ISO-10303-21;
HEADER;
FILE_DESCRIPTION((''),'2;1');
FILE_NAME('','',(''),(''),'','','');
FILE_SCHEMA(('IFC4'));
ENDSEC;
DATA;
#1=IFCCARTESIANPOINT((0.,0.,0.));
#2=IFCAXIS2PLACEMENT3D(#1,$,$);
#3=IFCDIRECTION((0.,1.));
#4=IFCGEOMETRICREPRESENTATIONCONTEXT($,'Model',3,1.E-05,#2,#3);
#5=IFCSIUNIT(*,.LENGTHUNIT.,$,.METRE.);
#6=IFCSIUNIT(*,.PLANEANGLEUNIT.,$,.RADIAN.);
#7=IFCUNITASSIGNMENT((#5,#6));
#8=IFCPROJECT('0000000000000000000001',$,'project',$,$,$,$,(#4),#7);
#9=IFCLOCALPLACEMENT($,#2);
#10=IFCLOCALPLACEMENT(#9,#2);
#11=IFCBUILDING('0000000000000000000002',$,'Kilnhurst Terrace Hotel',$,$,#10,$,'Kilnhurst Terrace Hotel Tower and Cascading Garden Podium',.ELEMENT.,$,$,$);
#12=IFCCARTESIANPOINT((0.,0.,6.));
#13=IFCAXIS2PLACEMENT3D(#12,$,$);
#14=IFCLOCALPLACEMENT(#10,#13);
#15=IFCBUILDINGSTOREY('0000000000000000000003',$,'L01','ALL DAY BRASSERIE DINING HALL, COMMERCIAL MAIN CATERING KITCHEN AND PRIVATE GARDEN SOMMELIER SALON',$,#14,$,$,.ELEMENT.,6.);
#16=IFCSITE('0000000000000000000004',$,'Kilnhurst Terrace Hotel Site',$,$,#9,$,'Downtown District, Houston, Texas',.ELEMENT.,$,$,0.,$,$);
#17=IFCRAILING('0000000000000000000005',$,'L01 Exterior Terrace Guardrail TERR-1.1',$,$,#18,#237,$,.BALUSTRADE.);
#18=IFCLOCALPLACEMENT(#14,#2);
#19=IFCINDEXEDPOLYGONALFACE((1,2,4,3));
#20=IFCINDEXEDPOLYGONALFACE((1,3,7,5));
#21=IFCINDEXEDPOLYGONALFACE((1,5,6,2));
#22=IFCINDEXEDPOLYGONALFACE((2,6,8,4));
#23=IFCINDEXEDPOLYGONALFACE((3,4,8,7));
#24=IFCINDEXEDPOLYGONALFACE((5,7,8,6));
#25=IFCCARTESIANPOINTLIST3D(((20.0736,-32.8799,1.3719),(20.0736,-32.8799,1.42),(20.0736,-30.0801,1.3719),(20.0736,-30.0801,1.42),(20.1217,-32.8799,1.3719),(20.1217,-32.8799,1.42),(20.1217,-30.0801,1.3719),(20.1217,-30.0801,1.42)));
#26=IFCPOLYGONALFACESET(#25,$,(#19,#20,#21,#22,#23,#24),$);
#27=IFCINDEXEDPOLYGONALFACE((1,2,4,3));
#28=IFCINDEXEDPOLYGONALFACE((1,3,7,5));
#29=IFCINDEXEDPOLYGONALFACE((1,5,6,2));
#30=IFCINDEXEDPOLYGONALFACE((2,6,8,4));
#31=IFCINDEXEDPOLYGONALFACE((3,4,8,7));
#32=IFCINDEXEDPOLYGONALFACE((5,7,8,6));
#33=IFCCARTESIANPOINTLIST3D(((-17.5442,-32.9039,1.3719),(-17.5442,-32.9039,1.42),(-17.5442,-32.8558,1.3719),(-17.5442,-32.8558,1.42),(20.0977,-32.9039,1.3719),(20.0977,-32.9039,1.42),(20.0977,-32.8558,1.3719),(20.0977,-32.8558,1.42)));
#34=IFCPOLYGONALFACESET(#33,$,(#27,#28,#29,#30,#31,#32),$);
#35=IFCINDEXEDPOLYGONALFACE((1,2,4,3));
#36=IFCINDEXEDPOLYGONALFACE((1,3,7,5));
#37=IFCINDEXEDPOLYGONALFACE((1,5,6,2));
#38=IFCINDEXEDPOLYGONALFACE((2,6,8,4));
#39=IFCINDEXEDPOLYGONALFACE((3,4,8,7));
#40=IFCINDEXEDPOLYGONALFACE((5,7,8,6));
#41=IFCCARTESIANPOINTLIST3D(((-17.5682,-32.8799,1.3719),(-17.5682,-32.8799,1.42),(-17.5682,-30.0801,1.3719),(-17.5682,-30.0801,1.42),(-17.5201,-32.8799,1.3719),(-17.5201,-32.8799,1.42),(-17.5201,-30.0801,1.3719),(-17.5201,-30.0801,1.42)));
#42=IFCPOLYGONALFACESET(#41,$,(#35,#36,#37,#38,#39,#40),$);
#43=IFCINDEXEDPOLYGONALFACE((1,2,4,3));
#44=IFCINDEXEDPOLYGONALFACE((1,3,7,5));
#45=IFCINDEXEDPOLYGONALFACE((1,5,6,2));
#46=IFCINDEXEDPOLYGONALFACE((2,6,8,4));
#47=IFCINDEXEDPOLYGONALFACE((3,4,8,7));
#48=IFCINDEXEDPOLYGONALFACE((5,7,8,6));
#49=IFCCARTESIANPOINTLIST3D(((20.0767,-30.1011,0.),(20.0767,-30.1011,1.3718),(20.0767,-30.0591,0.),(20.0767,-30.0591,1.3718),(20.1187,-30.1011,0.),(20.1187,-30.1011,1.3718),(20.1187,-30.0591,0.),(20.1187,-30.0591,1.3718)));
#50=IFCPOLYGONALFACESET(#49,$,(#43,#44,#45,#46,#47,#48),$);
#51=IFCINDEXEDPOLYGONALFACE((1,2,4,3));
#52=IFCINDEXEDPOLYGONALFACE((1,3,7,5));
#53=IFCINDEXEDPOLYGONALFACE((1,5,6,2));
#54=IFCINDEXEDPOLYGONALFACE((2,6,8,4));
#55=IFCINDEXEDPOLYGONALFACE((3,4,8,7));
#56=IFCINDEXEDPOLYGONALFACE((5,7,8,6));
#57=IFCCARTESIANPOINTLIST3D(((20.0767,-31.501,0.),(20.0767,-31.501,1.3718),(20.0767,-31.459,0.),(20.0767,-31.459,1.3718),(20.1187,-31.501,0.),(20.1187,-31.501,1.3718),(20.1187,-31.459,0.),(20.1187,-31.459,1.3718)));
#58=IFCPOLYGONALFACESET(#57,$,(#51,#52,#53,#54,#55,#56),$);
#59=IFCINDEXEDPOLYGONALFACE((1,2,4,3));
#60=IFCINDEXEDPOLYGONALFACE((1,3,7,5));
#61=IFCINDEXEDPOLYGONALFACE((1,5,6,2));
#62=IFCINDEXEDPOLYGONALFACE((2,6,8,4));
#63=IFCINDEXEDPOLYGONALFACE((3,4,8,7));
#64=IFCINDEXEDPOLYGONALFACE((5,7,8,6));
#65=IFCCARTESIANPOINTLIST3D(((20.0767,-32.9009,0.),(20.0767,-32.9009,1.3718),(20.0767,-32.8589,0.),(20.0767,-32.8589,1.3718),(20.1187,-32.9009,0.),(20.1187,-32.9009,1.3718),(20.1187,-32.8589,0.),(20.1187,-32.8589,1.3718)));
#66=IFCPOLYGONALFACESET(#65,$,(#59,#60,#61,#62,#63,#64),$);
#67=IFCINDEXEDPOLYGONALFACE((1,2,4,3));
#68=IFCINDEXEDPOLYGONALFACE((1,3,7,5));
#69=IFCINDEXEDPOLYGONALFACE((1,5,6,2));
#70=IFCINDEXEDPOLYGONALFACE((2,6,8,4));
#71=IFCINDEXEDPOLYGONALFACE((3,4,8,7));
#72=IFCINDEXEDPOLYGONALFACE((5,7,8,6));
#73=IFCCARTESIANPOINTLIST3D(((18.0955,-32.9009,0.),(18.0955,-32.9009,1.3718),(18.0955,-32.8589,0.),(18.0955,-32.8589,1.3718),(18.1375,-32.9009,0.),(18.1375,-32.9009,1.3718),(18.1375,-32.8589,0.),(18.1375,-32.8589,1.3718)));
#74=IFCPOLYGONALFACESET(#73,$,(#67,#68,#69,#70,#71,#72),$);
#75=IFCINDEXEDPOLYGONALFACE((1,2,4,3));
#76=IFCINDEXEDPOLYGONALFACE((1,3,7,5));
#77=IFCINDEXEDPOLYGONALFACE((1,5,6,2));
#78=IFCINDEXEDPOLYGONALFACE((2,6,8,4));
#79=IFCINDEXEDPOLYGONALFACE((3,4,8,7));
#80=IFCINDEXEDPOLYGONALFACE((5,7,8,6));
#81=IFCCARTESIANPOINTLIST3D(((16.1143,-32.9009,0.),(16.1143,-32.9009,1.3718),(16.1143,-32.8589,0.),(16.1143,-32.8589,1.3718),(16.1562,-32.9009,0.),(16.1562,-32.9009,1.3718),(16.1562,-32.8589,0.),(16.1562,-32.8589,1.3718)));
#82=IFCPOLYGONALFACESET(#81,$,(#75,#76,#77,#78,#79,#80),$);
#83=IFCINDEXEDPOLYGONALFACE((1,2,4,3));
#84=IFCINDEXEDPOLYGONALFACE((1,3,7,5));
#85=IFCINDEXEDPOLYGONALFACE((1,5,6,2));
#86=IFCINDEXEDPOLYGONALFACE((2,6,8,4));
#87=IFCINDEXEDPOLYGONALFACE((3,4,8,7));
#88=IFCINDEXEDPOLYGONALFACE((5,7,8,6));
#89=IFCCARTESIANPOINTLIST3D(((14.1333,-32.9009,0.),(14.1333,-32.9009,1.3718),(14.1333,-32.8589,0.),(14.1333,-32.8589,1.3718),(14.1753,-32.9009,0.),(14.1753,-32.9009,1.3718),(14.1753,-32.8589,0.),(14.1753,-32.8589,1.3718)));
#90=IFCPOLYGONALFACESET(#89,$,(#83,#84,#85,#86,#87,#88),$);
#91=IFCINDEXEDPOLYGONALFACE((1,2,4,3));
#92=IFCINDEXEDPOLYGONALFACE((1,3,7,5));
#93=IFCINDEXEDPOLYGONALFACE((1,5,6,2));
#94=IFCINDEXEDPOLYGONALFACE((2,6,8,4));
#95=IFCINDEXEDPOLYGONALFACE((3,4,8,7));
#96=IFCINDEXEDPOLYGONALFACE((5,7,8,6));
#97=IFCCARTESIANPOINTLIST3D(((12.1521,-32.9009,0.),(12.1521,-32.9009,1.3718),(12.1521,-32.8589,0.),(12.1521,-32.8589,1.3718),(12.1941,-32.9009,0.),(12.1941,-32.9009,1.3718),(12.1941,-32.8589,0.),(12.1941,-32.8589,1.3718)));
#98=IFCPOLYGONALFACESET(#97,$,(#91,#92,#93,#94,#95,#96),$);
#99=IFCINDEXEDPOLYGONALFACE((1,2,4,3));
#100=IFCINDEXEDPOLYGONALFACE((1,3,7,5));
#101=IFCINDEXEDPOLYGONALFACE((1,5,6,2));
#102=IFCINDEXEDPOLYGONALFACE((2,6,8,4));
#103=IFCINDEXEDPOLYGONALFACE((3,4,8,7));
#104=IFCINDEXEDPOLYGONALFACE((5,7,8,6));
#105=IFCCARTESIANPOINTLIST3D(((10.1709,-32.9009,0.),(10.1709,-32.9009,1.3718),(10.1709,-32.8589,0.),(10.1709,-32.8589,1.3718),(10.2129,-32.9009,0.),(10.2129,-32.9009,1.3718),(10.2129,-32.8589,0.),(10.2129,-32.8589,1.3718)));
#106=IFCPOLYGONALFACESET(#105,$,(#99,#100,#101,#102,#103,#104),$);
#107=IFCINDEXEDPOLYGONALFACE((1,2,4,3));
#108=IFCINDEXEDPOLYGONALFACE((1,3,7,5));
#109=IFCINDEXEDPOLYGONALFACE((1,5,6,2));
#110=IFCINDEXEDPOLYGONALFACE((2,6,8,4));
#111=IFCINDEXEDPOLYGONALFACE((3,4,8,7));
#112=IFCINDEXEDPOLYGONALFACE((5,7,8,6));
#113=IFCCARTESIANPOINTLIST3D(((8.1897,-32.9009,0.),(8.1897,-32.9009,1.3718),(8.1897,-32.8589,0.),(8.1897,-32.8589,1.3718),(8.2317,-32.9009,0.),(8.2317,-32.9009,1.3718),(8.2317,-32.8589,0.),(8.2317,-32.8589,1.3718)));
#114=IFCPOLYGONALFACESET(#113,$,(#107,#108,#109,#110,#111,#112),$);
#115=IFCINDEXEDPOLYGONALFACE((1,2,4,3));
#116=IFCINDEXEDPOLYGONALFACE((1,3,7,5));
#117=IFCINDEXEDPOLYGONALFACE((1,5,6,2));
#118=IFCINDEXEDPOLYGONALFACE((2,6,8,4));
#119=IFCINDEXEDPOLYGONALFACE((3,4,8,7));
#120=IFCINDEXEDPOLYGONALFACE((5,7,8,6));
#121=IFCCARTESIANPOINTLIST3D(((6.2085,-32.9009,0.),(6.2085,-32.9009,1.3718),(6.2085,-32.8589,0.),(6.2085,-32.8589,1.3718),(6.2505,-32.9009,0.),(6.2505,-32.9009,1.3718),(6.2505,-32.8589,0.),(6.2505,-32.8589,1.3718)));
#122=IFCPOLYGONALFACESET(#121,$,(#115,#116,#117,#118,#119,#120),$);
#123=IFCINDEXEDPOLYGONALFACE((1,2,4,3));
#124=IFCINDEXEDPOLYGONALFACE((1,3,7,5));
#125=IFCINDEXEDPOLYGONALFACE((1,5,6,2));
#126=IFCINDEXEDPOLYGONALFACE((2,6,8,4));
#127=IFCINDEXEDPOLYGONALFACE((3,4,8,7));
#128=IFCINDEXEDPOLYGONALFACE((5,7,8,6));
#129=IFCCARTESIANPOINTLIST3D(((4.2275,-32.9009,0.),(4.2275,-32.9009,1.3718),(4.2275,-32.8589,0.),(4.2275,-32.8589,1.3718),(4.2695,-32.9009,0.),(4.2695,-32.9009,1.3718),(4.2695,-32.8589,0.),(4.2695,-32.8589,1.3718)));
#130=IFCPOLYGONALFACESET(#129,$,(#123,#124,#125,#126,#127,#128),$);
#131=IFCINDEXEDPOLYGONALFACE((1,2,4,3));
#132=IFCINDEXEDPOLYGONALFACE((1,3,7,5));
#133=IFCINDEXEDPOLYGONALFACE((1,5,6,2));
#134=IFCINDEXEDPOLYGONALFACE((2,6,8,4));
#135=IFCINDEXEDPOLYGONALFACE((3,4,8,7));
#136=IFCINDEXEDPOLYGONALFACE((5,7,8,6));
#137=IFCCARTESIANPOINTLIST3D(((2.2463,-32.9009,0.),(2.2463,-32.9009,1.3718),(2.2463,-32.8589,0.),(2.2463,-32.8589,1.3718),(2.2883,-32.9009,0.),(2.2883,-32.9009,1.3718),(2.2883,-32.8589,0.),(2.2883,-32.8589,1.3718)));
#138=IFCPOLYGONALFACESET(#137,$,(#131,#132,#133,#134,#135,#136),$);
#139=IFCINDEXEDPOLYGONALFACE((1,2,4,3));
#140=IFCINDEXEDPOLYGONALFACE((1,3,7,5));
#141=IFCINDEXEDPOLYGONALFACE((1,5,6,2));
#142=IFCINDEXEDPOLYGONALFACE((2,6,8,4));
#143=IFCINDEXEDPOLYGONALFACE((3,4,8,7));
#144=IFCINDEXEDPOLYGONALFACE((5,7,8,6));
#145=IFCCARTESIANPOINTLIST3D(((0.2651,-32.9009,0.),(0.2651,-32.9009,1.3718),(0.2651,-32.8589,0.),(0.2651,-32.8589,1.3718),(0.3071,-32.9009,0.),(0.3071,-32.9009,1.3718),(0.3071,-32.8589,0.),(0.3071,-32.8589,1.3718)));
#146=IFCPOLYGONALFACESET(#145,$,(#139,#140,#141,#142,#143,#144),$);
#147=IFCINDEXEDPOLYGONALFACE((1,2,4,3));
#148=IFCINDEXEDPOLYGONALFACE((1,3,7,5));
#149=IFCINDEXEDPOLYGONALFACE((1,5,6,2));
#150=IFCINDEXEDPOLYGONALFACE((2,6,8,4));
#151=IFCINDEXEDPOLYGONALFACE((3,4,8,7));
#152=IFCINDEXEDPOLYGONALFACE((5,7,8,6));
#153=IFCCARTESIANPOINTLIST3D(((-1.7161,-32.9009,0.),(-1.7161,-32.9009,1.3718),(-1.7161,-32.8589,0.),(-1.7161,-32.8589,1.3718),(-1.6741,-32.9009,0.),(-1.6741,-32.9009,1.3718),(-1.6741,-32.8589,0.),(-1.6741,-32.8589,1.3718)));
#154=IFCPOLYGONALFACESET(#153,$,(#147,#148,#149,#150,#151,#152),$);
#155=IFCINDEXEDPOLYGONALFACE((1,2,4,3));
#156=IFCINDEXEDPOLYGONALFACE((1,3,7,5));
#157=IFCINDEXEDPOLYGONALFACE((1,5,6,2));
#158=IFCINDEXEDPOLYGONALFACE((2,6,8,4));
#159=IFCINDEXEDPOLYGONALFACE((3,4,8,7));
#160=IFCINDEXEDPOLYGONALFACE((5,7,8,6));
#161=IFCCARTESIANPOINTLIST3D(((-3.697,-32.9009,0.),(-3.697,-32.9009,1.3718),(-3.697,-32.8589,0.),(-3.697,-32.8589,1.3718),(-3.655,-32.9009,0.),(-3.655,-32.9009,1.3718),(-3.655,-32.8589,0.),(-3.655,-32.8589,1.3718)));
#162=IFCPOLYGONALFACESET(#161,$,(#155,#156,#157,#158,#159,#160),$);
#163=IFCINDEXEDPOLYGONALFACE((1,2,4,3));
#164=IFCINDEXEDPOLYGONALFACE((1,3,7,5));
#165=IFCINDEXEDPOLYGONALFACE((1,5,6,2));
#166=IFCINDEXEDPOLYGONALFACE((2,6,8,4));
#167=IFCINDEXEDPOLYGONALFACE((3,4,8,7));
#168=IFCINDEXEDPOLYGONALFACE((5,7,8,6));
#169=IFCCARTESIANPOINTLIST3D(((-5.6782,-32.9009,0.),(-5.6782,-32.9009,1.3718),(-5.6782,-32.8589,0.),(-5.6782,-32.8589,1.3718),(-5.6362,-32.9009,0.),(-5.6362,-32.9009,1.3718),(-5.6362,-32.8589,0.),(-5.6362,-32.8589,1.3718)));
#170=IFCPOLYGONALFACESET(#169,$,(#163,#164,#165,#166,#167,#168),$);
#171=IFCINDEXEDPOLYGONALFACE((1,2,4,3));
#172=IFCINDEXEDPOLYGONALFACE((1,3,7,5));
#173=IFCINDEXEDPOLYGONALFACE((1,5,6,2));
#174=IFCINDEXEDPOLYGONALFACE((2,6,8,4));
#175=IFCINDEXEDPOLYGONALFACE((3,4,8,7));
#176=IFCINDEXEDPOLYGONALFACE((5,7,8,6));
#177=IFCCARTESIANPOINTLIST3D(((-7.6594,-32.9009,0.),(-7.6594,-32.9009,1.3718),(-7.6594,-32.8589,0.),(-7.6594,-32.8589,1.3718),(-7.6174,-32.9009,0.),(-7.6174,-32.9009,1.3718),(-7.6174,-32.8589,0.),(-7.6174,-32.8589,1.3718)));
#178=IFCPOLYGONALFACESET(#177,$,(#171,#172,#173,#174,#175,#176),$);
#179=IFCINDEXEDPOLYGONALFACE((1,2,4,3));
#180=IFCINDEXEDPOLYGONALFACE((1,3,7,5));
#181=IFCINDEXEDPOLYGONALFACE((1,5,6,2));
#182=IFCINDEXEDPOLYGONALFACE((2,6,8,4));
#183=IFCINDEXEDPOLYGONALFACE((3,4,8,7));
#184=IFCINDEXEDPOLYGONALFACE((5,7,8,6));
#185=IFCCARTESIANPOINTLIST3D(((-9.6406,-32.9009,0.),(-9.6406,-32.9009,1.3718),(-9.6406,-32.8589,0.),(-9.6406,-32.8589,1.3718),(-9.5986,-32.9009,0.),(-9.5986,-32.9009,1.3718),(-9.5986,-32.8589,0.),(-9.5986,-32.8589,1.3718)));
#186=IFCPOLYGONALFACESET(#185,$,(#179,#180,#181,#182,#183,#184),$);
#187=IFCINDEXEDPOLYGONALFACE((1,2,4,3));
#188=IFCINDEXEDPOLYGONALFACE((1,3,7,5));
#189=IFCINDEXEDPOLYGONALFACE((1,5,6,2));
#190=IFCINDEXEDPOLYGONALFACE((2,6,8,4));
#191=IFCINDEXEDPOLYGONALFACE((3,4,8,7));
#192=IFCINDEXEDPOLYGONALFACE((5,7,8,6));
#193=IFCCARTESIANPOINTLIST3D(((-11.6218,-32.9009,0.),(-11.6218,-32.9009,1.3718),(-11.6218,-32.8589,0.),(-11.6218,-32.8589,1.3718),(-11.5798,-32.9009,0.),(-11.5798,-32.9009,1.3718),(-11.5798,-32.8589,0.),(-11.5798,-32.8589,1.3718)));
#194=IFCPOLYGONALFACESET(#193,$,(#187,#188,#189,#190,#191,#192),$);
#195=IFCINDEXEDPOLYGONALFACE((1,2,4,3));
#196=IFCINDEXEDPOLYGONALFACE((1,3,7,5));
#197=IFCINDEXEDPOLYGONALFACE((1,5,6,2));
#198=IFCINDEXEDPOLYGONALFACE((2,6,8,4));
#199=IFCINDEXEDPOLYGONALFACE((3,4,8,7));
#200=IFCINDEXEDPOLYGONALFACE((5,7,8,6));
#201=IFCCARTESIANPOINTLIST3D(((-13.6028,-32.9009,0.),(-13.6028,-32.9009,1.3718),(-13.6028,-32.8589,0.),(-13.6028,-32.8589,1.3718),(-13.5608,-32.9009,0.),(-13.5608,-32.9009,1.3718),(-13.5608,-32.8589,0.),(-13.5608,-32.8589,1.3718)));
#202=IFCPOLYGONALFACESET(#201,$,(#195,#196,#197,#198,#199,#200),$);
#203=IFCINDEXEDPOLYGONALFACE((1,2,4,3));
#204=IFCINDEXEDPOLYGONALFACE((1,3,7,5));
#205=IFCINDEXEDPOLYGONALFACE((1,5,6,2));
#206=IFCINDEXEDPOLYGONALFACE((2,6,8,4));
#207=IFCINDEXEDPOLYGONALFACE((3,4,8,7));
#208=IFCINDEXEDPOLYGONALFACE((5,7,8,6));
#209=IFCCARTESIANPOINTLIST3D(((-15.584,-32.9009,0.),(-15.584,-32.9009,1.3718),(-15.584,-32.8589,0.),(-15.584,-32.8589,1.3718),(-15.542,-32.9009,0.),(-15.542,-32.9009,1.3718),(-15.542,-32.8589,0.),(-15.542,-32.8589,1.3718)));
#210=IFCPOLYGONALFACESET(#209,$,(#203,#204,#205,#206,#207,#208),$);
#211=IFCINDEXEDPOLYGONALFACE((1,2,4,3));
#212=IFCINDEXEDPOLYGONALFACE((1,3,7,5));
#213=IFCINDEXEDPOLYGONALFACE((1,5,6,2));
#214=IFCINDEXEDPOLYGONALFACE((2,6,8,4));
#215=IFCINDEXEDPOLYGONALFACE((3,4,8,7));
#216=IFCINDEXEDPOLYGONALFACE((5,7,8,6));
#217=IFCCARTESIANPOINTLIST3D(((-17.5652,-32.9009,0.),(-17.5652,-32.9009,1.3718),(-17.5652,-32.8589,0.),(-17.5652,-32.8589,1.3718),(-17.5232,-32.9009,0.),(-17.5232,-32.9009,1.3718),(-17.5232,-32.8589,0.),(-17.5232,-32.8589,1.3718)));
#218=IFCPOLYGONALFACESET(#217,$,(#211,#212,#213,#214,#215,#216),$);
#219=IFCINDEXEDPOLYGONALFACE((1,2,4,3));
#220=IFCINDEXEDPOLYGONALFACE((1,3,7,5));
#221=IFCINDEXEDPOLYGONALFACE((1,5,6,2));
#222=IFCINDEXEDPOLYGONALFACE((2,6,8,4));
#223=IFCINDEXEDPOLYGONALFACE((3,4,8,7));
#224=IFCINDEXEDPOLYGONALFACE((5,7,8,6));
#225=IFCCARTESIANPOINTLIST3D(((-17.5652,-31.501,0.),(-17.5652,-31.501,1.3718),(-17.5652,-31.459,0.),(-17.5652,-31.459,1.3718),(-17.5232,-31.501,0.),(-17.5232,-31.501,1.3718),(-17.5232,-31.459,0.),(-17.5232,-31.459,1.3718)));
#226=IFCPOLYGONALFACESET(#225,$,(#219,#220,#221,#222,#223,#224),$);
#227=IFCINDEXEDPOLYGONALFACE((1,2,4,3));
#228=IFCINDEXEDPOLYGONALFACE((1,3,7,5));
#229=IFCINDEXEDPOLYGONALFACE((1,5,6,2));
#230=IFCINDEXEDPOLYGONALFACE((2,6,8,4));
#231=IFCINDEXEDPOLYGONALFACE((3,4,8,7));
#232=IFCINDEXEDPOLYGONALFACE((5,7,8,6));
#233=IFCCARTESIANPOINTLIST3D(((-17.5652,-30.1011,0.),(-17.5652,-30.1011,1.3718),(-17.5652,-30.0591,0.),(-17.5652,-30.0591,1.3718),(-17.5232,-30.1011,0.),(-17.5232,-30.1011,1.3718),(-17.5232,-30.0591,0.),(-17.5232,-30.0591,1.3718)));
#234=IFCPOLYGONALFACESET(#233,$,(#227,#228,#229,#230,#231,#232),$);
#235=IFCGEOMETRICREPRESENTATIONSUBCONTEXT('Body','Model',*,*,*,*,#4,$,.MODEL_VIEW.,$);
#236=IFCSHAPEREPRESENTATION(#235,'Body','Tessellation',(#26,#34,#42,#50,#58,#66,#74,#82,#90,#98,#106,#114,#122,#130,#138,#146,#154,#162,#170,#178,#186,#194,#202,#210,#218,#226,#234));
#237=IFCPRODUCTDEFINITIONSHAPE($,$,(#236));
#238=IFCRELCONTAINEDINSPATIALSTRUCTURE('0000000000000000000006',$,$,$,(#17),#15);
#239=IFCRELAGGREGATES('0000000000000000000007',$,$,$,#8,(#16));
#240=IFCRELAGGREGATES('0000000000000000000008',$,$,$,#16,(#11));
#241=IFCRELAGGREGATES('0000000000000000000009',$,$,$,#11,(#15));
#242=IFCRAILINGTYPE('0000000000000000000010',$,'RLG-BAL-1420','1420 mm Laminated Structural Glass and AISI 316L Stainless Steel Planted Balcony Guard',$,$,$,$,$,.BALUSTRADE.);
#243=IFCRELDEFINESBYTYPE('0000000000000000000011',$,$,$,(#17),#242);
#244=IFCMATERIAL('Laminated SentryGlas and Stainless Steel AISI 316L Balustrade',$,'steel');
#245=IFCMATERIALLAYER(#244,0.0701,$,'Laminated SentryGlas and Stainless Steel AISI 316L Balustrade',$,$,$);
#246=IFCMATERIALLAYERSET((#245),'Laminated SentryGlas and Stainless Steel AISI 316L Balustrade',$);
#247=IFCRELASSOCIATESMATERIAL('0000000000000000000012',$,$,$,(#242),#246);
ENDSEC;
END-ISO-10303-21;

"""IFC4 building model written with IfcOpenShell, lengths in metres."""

from ifc_helpers import new_model, si_unit, direction, frame, origin, origin_2d, place, context, subcontext, project, spatial, rectangle, extrude, material, layer, layer_set, type_object, element, save


model = new_model("IFC4")

# Units and contexts
model_context = context("Model", 3, precision=1e-05, world=origin(), true_north=direction((0.0, 1.0)))
body_context = subcontext(model_context, "Body", "Model", "MODEL_VIEW")
ifc_project = project(units=[si_unit("LENGTHUNIT", "METRE"), si_unit("PLANEANGLEUNIT", "RADIAN")], contexts=[model_context])

# Site, building, storey
site_placement = place(None, origin())
site = spatial("IfcSite", under=ifc_project, at=site_placement, Name="Kilnhurst Terrace Hotel Site", LongName="Downtown District, Houston, Texas", CompositionType="ELEMENT", RefElevation=0.0)
building_placement = place(site_placement, origin())
building = spatial("IfcBuilding", under=site, at=building_placement, Name="Kilnhurst Terrace Hotel", LongName="Kilnhurst Terrace Hotel Tower and Cascading Garden Podium", CompositionType="ELEMENT")
storey_placement = place(building_placement, frame((0.0, 0.0, 6.0)))
storey = spatial("IfcBuildingStorey", under=building, at=storey_placement, Name="L01", Description="ALL DAY BRASSERIE DINING HALL, COMMERCIAL MAIN CATERING KITCHEN AND PRIVATE GARDEN SOMMELIER SALON", CompositionType="ELEMENT", Elevation=6.0)

# Railing
ifc_material_1 = material(Name="Laminated SentryGlas and Stainless Steel AISI 316L Balustrade", Category="steel")
ifc_layer_1 = layer(ifc_material_1, 0.0701, Name="Laminated SentryGlas and Stainless Steel AISI 316L Balustrade")
ifc_layer_set_1 = layer_set([ifc_layer_1], Name="Laminated SentryGlas and Stainless Steel AISI 316L Balustrade")
railing_type = type_object("IfcRailingType", Name="RLG-BAL-1420", Description="1420 mm Laminated Structural Glass and AISI 316L Stainless Steel Planted Balcony Guard", PredefinedType="BALUSTRADE", material=ifc_layer_set_1)
railing_placement = place(storey_placement, frame((20.0977, -30.0801, 0.0)))
element("IfcRailing", 1, at=railing_placement, inside=storey, type_object=railing_type, Name="L01 Exterior Terrace Guardrail TERR-1.1", PredefinedType="BALUSTRADE", context=body_context, shape_type="SweptSolid", body=[
    extrude(rectangle(XDim=0.0481, YDim=0.0481, at=origin_2d()), frame((0.0, 0.0, 1.396), z_axis=(0.0, -1.0, 0.0), x_axis=(1.0, 0.0, 0.0)), (0.0, 0.0, 1.0), 2.7998),
    extrude(rectangle(XDim=0.0481, YDim=0.0481, at=origin_2d()), frame((0.0, -2.7998, 1.396), z_axis=(-1.0, 0.0, 0.0), x_axis=(0.0, -1.0, 0.0)), (0.0, 0.0, 1.0), 37.6418),
    extrude(rectangle(XDim=0.0481, YDim=0.0481, at=origin_2d()), frame((-37.6418, -2.7998, 1.396), z_axis=(0.0, 1.0, 0.0), x_axis=(-1.0, 0.0, 0.0)), (0.0, 0.0, 1.0), 2.7998),
    extrude(rectangle(XDim=0.042, YDim=0.042, at=origin_2d()), origin(), (0.0, 0.0, 1.0), 1.3718),
    extrude(rectangle(XDim=0.042, YDim=0.042, at=origin_2d()), frame((0.0, -1.3999, 0.0)), (0.0, 0.0, 1.0), 1.3718),
    extrude(rectangle(XDim=0.042, YDim=0.042, at=origin_2d()), frame((0.0, -2.7998, 0.0)), (0.0, 0.0, 1.0), 1.3718),
    extrude(rectangle(XDim=0.042, YDim=0.042, at=origin_2d()), frame((-1.9812, -2.7998, 0.0)), (0.0, 0.0, 1.0), 1.3718),
    extrude(rectangle(XDim=0.042, YDim=0.042, at=origin_2d()), frame((-3.9624, -2.7998, 0.0)), (0.0, 0.0, 1.0), 1.3718),
    extrude(rectangle(XDim=0.042, YDim=0.042, at=origin_2d()), frame((-5.9434, -2.7998, 0.0)), (0.0, 0.0, 1.0), 1.3718),
    extrude(rectangle(XDim=0.042, YDim=0.042, at=origin_2d()), frame((-7.9246, -2.7998, 0.0)), (0.0, 0.0, 1.0), 1.3718),
    extrude(rectangle(XDim=0.042, YDim=0.042, at=origin_2d()), frame((-9.9058, -2.7998, 0.0)), (0.0, 0.0, 1.0), 1.3718),
    extrude(rectangle(XDim=0.042, YDim=0.042, at=origin_2d()), frame((-11.887, -2.7998, 0.0)), (0.0, 0.0, 1.0), 1.3718),
    extrude(rectangle(XDim=0.042, YDim=0.042, at=origin_2d()), frame((-13.8682, -2.7998, 0.0)), (0.0, 0.0, 1.0), 1.3718),
    extrude(rectangle(XDim=0.042, YDim=0.042, at=origin_2d()), frame((-15.8491, -2.7998, 0.0)), (0.0, 0.0, 1.0), 1.3718),
    extrude(rectangle(XDim=0.042, YDim=0.042, at=origin_2d()), frame((-17.8303, -2.7998, 0.0)), (0.0, 0.0, 1.0), 1.3718),
    extrude(rectangle(XDim=0.042, YDim=0.042, at=origin_2d()), frame((-19.8115, -2.7998, 0.0)), (0.0, 0.0, 1.0), 1.3718),
    extrude(rectangle(XDim=0.042, YDim=0.042, at=origin_2d()), frame((-21.7927, -2.7998, 0.0)), (0.0, 0.0, 1.0), 1.3718),
    extrude(rectangle(XDim=0.042, YDim=0.042, at=origin_2d()), frame((-23.7737, -2.7998, 0.0)), (0.0, 0.0, 1.0), 1.3718),
    extrude(rectangle(XDim=0.042, YDim=0.042, at=origin_2d()), frame((-25.7549, -2.7998, 0.0)), (0.0, 0.0, 1.0), 1.3718),
    extrude(rectangle(XDim=0.042, YDim=0.042, at=origin_2d()), frame((-27.7361, -2.7998, 0.0)), (0.0, 0.0, 1.0), 1.3718),
    extrude(rectangle(XDim=0.042, YDim=0.042, at=origin_2d()), frame((-29.7173, -2.7998, 0.0)), (0.0, 0.0, 1.0), 1.3718),
    extrude(rectangle(XDim=0.042, YDim=0.042, at=origin_2d()), frame((-31.6985, -2.7998, 0.0)), (0.0, 0.0, 1.0), 1.3718),
    extrude(rectangle(XDim=0.042, YDim=0.042, at=origin_2d()), frame((-33.6794, -2.7998, 0.0)), (0.0, 0.0, 1.0), 1.3718),
    extrude(rectangle(XDim=0.042, YDim=0.042, at=origin_2d()), frame((-35.6606, -2.7998, 0.0)), (0.0, 0.0, 1.0), 1.3718),
    extrude(rectangle(XDim=0.042, YDim=0.042, at=origin_2d()), frame((-37.6418, -2.7998, 0.0)), (0.0, 0.0, 1.0), 1.3718),
    extrude(rectangle(XDim=0.042, YDim=0.042, at=origin_2d()), frame((-37.6418, -1.3999, 0.0)), (0.0, 0.0, 1.0), 1.3718),
    extrude(rectangle(XDim=0.042, YDim=0.042, at=origin_2d()), frame((-37.6418, 0.0, 0.0)), (0.0, 0.0, 1.0), 1.3718),
])

save(model, "model.ifc")
